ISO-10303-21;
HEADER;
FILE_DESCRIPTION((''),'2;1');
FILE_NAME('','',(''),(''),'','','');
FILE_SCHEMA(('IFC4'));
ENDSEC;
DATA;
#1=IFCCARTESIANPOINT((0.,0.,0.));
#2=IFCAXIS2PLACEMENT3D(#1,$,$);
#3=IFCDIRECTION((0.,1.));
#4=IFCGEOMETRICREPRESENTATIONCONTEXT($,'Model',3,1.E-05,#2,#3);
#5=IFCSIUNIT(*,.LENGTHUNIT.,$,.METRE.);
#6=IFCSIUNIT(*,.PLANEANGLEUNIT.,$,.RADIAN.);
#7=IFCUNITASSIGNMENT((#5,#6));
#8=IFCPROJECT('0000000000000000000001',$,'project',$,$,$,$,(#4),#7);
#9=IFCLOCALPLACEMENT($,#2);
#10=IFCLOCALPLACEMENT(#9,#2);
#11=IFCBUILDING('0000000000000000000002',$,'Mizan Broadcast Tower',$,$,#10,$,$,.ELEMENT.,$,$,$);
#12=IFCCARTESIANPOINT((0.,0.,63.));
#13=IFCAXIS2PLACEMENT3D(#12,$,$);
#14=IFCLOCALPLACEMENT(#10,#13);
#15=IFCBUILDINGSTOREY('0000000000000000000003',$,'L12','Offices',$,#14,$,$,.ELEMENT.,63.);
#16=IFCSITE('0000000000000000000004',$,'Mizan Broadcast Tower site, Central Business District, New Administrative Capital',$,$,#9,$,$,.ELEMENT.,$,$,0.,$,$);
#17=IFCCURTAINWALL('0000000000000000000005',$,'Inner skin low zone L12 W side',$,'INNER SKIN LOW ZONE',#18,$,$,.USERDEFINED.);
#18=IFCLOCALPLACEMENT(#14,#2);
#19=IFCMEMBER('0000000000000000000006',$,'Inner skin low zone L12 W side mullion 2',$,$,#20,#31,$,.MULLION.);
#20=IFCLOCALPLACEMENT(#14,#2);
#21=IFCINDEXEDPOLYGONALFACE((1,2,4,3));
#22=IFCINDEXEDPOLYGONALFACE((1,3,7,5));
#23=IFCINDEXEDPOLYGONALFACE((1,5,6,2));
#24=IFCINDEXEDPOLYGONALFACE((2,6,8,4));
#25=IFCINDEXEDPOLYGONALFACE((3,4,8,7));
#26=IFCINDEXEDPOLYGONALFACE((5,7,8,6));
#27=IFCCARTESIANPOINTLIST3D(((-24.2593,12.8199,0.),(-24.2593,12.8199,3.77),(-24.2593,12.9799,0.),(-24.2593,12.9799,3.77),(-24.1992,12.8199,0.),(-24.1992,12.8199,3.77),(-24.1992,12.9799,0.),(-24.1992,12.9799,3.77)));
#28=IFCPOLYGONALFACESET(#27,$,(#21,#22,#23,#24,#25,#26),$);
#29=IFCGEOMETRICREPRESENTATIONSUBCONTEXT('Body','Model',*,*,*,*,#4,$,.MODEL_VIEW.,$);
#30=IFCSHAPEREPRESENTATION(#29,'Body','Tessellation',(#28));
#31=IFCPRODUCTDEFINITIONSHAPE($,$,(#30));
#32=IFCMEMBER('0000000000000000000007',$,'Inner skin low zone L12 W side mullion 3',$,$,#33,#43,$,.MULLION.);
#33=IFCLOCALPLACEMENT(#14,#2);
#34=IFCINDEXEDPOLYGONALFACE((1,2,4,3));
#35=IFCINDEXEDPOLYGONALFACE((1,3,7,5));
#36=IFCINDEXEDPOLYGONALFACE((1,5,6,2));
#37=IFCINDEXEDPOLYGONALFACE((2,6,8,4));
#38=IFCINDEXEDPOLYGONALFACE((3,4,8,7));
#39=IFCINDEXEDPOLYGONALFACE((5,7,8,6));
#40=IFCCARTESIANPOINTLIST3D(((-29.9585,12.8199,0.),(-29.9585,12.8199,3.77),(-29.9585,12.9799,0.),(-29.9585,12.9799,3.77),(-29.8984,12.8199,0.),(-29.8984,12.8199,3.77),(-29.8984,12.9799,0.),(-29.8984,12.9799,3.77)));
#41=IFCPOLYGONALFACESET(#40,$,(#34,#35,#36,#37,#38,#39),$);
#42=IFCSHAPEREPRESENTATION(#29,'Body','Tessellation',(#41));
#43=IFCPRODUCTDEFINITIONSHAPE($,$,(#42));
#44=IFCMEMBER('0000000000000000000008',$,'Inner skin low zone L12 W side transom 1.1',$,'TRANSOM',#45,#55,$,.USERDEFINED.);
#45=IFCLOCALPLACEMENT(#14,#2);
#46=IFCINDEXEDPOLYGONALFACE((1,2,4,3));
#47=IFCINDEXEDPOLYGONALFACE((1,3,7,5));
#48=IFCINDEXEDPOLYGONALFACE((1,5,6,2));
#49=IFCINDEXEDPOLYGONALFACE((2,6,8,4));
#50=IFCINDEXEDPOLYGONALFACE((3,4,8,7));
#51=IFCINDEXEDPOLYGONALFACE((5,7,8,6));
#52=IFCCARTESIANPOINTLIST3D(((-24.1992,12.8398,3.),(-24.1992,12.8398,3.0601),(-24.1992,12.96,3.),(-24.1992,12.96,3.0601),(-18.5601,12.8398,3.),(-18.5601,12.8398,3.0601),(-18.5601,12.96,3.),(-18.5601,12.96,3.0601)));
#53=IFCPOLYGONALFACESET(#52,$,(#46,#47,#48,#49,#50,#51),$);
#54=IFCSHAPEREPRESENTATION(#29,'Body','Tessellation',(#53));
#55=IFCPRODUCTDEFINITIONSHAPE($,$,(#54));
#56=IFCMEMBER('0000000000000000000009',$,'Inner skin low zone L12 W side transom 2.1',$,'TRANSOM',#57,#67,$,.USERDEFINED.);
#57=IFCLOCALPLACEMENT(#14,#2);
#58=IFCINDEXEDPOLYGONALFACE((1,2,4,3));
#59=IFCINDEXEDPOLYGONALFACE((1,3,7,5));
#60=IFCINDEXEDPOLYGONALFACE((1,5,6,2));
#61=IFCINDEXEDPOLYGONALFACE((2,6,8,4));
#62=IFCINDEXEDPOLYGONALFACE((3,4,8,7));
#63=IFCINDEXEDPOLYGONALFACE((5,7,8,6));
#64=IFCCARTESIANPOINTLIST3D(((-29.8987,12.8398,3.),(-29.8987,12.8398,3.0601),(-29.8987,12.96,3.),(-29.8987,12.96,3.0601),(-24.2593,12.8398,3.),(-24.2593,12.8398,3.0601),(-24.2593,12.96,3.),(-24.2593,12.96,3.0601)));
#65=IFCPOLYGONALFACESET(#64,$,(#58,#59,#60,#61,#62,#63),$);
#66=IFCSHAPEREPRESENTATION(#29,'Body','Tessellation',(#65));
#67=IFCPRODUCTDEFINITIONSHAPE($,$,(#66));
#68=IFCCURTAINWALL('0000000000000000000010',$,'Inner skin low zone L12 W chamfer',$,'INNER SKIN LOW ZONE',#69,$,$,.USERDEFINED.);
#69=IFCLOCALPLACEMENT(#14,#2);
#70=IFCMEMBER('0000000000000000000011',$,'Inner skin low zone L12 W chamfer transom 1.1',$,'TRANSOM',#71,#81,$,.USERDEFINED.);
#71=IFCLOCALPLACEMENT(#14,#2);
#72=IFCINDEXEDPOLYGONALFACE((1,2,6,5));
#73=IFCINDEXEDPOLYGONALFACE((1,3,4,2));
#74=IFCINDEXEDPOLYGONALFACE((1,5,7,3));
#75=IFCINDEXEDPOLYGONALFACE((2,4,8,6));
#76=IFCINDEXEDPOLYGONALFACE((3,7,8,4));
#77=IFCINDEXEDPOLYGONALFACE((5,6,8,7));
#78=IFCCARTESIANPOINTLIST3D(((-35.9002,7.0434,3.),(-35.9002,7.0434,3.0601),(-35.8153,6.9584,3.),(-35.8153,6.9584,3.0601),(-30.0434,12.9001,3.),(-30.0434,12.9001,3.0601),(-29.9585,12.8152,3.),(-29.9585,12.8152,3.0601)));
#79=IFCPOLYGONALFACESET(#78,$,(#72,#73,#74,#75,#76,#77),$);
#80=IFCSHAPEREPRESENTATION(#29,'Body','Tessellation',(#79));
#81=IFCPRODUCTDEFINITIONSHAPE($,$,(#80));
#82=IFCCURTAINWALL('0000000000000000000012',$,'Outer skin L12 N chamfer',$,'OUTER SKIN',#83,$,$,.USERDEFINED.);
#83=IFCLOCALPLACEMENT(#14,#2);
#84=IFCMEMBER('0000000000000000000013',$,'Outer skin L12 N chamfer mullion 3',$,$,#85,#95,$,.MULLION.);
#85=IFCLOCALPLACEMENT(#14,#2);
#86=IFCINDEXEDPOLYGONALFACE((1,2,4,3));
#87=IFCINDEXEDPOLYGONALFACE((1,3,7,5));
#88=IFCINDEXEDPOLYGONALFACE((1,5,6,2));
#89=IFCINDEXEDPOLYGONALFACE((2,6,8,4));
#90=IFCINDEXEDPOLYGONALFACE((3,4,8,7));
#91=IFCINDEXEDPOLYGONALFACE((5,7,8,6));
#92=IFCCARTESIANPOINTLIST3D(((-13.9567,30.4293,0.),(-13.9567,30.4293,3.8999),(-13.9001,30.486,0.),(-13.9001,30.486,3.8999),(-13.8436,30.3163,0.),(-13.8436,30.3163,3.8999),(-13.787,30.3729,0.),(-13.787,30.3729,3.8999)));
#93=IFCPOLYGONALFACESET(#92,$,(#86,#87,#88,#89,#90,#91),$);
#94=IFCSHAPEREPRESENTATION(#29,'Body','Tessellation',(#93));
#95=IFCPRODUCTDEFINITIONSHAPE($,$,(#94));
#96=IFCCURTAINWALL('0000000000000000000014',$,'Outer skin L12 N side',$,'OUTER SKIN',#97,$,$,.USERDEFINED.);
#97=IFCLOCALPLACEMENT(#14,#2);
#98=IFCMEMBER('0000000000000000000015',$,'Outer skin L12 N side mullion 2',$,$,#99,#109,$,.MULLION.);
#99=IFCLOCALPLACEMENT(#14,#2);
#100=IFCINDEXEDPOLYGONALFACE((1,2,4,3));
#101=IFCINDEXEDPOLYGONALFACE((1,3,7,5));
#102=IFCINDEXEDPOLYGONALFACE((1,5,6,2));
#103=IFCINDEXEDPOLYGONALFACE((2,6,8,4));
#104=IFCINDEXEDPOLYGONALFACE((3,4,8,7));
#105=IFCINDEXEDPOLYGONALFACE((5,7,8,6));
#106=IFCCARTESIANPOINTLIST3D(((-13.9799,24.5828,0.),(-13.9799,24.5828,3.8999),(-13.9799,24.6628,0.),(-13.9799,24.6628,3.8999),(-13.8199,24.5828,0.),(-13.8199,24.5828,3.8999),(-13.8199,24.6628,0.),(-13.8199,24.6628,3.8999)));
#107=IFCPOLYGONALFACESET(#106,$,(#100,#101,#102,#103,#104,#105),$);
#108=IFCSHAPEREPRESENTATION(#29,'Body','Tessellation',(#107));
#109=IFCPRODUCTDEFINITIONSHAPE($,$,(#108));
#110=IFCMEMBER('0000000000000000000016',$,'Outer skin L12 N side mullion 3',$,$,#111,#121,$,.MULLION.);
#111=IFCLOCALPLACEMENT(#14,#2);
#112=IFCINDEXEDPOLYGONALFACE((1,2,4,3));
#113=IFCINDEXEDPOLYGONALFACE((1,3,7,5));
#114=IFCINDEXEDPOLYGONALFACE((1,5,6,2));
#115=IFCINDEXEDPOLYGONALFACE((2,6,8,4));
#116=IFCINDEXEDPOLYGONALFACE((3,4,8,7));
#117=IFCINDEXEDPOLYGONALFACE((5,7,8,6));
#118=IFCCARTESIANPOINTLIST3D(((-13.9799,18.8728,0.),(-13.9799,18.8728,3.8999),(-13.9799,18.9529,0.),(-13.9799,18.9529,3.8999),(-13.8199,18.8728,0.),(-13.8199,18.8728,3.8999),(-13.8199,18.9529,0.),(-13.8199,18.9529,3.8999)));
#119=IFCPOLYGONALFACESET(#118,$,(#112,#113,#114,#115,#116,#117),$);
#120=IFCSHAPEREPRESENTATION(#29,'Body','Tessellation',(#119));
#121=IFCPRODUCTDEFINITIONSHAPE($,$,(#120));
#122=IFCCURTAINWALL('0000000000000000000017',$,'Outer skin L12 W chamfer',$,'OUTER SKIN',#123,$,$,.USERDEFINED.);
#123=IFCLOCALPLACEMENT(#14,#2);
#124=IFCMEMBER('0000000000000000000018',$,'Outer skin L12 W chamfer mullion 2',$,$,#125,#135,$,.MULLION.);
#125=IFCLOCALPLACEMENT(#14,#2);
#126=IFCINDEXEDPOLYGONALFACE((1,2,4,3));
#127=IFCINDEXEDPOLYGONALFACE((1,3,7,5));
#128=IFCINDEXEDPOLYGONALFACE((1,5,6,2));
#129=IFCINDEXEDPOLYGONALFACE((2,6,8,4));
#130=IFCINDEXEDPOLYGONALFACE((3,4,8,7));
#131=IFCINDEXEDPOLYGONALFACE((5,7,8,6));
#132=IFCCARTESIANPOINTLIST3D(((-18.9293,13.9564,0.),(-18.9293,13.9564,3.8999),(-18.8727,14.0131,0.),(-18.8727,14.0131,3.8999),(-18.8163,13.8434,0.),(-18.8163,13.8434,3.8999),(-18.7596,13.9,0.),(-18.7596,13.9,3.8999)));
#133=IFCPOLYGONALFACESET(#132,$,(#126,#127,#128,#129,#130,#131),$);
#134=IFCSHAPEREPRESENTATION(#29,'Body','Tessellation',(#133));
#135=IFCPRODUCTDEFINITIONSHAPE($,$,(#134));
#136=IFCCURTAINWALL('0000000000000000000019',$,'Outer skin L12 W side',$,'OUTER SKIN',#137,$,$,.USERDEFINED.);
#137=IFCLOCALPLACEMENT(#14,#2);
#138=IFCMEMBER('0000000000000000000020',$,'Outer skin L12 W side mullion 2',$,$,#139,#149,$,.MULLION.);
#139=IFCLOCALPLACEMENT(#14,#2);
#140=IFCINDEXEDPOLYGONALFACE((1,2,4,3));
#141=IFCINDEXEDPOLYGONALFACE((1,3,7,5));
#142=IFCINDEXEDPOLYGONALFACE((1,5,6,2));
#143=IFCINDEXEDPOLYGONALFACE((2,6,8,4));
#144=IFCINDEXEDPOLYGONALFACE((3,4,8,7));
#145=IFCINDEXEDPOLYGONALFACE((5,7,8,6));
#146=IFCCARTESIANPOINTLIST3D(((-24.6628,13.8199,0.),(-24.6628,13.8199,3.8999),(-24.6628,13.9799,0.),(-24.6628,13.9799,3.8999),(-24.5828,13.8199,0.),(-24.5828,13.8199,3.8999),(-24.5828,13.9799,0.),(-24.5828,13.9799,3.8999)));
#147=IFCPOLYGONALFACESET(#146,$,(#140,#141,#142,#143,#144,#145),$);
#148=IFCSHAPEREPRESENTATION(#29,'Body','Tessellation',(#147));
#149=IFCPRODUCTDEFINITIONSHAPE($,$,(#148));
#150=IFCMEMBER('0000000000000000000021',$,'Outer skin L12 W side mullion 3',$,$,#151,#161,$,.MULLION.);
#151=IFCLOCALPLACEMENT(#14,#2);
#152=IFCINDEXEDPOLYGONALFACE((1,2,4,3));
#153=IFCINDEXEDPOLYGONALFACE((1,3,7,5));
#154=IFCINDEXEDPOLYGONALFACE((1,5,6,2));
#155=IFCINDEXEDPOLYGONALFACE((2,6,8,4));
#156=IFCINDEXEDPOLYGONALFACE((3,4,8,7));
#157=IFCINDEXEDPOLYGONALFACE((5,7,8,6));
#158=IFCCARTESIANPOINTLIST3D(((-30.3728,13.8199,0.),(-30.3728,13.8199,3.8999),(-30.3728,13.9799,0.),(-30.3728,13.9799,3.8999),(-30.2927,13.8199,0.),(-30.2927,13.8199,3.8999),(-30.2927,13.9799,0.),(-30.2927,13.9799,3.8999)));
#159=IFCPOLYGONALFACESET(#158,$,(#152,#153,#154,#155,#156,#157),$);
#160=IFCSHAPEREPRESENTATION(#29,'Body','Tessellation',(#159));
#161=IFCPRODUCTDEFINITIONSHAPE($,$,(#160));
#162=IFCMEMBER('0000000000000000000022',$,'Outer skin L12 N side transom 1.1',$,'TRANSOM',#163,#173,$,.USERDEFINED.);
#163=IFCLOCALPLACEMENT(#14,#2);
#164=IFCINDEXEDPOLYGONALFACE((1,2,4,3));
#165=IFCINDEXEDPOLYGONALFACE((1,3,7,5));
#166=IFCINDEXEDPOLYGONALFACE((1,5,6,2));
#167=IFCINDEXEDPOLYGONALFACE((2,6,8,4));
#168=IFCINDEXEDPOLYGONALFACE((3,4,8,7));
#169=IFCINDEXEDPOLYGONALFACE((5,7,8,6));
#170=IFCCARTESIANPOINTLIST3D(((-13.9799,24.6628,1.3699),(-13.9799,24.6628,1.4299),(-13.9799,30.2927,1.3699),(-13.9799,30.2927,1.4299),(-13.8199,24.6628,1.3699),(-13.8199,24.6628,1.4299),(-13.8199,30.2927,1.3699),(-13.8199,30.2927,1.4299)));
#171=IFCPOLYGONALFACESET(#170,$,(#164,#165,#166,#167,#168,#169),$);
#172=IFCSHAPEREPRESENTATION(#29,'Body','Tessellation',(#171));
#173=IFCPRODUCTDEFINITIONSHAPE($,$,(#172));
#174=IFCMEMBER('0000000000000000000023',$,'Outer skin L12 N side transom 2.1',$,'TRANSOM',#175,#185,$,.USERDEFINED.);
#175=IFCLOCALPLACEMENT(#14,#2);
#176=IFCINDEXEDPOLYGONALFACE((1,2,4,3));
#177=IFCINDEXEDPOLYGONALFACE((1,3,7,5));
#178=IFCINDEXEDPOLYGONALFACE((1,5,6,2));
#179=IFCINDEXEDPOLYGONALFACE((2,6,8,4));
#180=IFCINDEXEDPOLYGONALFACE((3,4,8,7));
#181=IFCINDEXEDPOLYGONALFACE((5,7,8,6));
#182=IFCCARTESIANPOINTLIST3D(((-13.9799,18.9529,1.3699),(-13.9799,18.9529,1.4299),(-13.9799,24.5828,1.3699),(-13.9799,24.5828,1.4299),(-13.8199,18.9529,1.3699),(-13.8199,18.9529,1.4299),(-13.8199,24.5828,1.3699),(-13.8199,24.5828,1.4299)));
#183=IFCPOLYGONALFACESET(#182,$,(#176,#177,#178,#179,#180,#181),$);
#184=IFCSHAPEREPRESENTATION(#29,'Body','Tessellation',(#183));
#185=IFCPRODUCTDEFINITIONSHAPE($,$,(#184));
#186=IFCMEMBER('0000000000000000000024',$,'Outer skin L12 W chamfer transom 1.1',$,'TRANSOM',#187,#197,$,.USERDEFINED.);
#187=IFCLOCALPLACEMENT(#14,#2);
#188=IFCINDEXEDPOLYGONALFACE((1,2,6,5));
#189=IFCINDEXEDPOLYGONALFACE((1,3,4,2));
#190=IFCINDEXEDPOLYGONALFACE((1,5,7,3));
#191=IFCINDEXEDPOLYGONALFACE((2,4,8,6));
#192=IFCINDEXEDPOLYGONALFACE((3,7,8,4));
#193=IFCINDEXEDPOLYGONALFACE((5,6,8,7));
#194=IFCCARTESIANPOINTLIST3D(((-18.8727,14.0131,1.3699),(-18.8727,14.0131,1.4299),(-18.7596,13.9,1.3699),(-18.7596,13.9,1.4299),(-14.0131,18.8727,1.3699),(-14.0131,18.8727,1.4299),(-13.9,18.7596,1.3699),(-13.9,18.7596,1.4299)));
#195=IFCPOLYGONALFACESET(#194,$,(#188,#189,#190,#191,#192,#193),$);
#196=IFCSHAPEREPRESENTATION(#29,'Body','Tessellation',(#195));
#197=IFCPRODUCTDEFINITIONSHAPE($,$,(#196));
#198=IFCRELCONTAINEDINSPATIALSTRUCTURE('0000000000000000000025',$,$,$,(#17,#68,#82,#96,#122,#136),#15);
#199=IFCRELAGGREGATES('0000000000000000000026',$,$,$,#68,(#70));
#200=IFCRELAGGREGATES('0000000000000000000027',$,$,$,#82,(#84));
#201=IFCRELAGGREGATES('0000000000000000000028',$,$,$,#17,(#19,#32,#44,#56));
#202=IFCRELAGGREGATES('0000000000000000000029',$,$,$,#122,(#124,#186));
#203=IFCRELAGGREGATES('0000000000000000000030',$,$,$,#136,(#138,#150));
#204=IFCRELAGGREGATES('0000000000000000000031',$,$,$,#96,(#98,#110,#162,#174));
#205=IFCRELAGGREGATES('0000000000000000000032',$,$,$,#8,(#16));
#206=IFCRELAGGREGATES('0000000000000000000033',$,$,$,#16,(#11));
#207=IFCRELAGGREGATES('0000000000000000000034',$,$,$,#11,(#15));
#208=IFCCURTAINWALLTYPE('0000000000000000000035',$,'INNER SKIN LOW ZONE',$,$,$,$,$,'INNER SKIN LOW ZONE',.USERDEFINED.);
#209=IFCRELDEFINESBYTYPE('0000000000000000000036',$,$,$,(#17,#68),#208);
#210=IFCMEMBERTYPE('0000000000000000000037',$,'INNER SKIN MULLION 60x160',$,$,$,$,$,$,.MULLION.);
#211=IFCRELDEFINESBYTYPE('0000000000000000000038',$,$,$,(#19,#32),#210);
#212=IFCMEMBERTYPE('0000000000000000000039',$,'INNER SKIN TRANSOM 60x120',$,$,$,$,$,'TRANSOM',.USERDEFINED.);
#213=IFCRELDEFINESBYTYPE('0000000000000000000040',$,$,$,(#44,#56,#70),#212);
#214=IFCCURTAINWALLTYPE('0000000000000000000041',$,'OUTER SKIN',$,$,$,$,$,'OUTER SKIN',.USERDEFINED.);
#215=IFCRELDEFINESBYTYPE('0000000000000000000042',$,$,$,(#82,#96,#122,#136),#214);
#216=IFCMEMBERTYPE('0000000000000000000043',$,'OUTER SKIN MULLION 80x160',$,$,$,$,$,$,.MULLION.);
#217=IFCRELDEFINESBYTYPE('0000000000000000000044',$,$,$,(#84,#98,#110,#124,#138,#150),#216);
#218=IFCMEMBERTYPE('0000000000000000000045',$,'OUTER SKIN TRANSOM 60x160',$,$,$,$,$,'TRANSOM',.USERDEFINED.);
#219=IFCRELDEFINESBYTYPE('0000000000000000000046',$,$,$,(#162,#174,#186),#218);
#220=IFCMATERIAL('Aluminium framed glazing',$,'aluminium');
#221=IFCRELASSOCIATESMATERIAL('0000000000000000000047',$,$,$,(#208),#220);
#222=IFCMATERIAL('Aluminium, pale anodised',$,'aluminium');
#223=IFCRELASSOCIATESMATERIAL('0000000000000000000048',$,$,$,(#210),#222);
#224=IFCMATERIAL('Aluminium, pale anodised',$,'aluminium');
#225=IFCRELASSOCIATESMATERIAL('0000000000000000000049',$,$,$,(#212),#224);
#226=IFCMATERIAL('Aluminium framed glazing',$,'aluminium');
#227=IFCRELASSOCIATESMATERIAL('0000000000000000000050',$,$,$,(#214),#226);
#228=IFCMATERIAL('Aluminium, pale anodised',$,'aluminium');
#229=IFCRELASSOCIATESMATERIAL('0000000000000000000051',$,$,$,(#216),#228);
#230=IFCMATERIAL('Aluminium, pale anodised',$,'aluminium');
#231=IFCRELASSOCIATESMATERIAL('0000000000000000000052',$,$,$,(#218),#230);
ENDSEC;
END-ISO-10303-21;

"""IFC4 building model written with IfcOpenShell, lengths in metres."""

from ifc_helpers import new_model, si_unit, direction, frame, origin, origin_2d, place, context, subcontext, project, spatial, rectangle, extrude, material, material_profile, profile_set, type_object, element, aggregate, save


model = new_model("IFC4")

# Units and contexts
model_context = context("Model", 3, precision=1e-05, world=origin(), true_north=direction((0.0, 1.0)))
body_context = subcontext(model_context, "Body", "Model", "MODEL_VIEW")
ifc_project = project(units=[si_unit("LENGTHUNIT", "METRE"), si_unit("PLANEANGLEUNIT", "RADIAN")], contexts=[model_context])

# Site, building, storey
site_placement = place(None, origin())
site = spatial("IfcSite", under=ifc_project, at=site_placement, Name="Mizan Broadcast Tower site, Central Business District, New Administrative Capital", CompositionType="ELEMENT", RefElevation=0.0)
building_placement = place(site_placement, origin())
building = spatial("IfcBuilding", under=site, at=building_placement, Name="Mizan Broadcast Tower", CompositionType="ELEMENT")
storey_placement = place(building_placement, frame((0.0, 0.0, 63.0)))
storey = spatial("IfcBuildingStorey", under=building, at=storey_placement, Name="L12", Description="Offices", CompositionType="ELEMENT", Elevation=63.0)

# Curtain wall, members
ifc_material_1 = material(Name="Aluminium framed glazing", Category="aluminium")
curtain_wall_type_1 = type_object("IfcCurtainWallType", Name="INNER SKIN LOW ZONE", ElementType="INNER SKIN LOW ZONE", PredefinedType="USERDEFINED", material=ifc_material_1)
curtain_wall_1_placement = place(storey_placement, origin())
curtain_wall_1 = element("IfcCurtainWall", 1, at=curtain_wall_1_placement, inside=storey, type_object=curtain_wall_type_1, Name="Inner skin low zone L12 W side", ObjectType="INNER SKIN LOW ZONE", PredefinedType="USERDEFINED")
ifc_material_2 = material(Name="Aluminium, pale anodised", Category="aluminium")
ifc_material_profile_1 = material_profile(ifc_material_2, rectangle(XDim=0.1599, YDim=0.0601, at=origin_2d()), Name="MULLION 160x60")
ifc_profile_set_1 = profile_set([ifc_material_profile_1], Name="Aluminium, pale anodised")
member_type_1 = type_object("IfcMemberType", Name="INNER SKIN MULLION 60x160", PredefinedType="MULLION", material=ifc_profile_set_1)
member_1_placement = place(storey_placement, frame((-24.2292, 12.8999, 0.0), z_axis=(0.0, 0.0, 1.0), x_axis=(0.0, -1.0, 0.0)))
member_1 = element("IfcMember", 2, at=member_1_placement, type_object=member_type_1, Name="Inner skin low zone L12 W side mullion 2", PredefinedType="MULLION", context=body_context, shape_type="SweptSolid", body=[
    extrude(rectangle(XDim=0.1599, YDim=0.0601, at=origin_2d()), origin(), (0.0, 0.0, 1.0), 3.77),
])
member_2_placement = place(storey_placement, frame((-29.9285, 12.8999, 0.0), z_axis=(0.0, 0.0, 1.0), x_axis=(0.0, -1.0, 0.0)))
member_2 = element("IfcMember", 3, at=member_2_placement, type_object=member_type_1, Name="Inner skin low zone L12 W side mullion 3", PredefinedType="MULLION", context=body_context, shape_type="SweptSolid", body=[
    extrude(rectangle(XDim=0.1599, YDim=0.0601, at=origin_2d()), origin(), (0.0, 0.0, 1.0), 3.77),
])
ifc_material_3 = material(Name="Aluminium, pale anodised", Category="aluminium")
ifc_material_profile_2 = material_profile(ifc_material_3, rectangle(XDim=0.1201, YDim=0.0601, at=origin_2d()), Name="TRANSOM 120x60")
ifc_profile_set_2 = profile_set([ifc_material_profile_2], Name="Aluminium, pale anodised")
member_type_2 = type_object("IfcMemberType", Name="INNER SKIN TRANSOM 60x120", ElementType="TRANSOM", PredefinedType="USERDEFINED", material=ifc_profile_set_2)
member_3_placement = place(storey_placement, frame((-18.5601, 12.8999, 3.03), z_axis=(-1.0, 0.0, 0.0), x_axis=(0.0, -1.0, 0.0)))
member_3 = element("IfcMember", 4, at=member_3_placement, type_object=member_type_2, Name="Inner skin low zone L12 W side transom 1.1", ObjectType="TRANSOM", PredefinedType="USERDEFINED", context=body_context, shape_type="SweptSolid", body=[
    extrude(rectangle(XDim=0.1201, YDim=0.0601, at=origin_2d()), origin(), (0.0, 0.0, 1.0), 5.6392),
])
member_4_placement = place(storey_placement, frame((-24.2593, 12.8999, 3.03), z_axis=(-1.0, 0.0, 0.0), x_axis=(0.0, -1.0, 0.0)))
member_4 = element("IfcMember", 5, at=member_4_placement, type_object=member_type_2, Name="Inner skin low zone L12 W side transom 2.1", ObjectType="TRANSOM", PredefinedType="USERDEFINED", context=body_context, shape_type="SweptSolid", body=[
    extrude(rectangle(XDim=0.1201, YDim=0.0601, at=origin_2d()), origin(), (0.0, 0.0, 1.0), 5.6394),
])

# Curtain walls, members
curtain_wall_2_placement = place(storey_placement, origin())
curtain_wall_2 = element("IfcCurtainWall", 6, at=curtain_wall_2_placement, inside=storey, type_object=curtain_wall_type_1, Name="Inner skin low zone L12 W chamfer", ObjectType="INNER SKIN LOW ZONE", PredefinedType="USERDEFINED")
member_5_placement = place(storey_placement, frame((-30.001, 12.8577, 3.03), z_axis=(-0.707107, -0.707107, 0.0), x_axis=(0.707107, -0.707107, 0.0)))
member_5 = element("IfcMember", 7, at=member_5_placement, type_object=member_type_2, Name="Inner skin low zone L12 W chamfer transom 1.1", ObjectType="TRANSOM", PredefinedType="USERDEFINED", context=body_context, shape_type="SweptSolid", body=[
    extrude(rectangle(XDim=0.1201, YDim=0.0601, at=origin_2d()), origin(), (0.0, 0.0, 1.0), 8.2827),
])
aggregate(curtain_wall_2, [member_5])
ifc_material_4 = material(Name="Aluminium framed glazing", Category="aluminium")
curtain_wall_type_2 = type_object("IfcCurtainWallType", Name="OUTER SKIN", ElementType="OUTER SKIN", PredefinedType="USERDEFINED", material=ifc_material_4)
curtain_wall_3_placement = place(storey_placement, origin())
curtain_wall_3 = element("IfcCurtainWall", 8, at=curtain_wall_3_placement, inside=storey, type_object=curtain_wall_type_2, Name="Outer skin L12 N chamfer", ObjectType="OUTER SKIN", PredefinedType="USERDEFINED")
ifc_material_5 = material(Name="Aluminium, pale anodised", Category="aluminium")
ifc_material_profile_3 = material_profile(ifc_material_5, rectangle(XDim=0.1599, YDim=0.0801, at=origin_2d()), Name="MULLION 160x80")
ifc_profile_set_3 = profile_set([ifc_material_profile_3], Name="Aluminium, pale anodised")
member_type_3 = type_object("IfcMemberType", Name="OUTER SKIN MULLION 80x160", PredefinedType="MULLION", material=ifc_profile_set_3)
member_6_placement = place(storey_placement, frame((-13.8718, 30.4011, 0.0), z_axis=(0.0, 0.0, 1.0), x_axis=(0.707107, -0.707107, 0.0)))
member_6 = element("IfcMember", 9, at=member_6_placement, type_object=member_type_3, Name="Outer skin L12 N chamfer mullion 3", PredefinedType="MULLION", context=body_context, shape_type="SweptSolid", body=[
    extrude(rectangle(XDim=0.1599, YDim=0.0801, at=origin_2d()), origin(), (0.0, 0.0, 1.0), 3.8999),
])
aggregate(curtain_wall_3, [member_6])

# Curtain wall, members
curtain_wall_4_placement = place(storey_placement, origin())
curtain_wall_4 = element("IfcCurtainWall", 10, at=curtain_wall_4_placement, inside=storey, type_object=curtain_wall_type_2, Name="Outer skin L12 N side", ObjectType="OUTER SKIN", PredefinedType="USERDEFINED")
member_7_placement = place(storey_placement, frame((-13.8999, 24.6228, 0.0), z_axis=(0.0, 0.0, 1.0), x_axis=(1.0, 0.0, 0.0)))
member_7 = element("IfcMember", 11, at=member_7_placement, type_object=member_type_3, Name="Outer skin L12 N side mullion 2", PredefinedType="MULLION", context=body_context, shape_type="SweptSolid", body=[
    extrude(rectangle(XDim=0.1599, YDim=0.0801, at=origin_2d()), origin(), (0.0, 0.0, 1.0), 3.8999),
])
member_8_placement = place(storey_placement, frame((-13.8999, 18.9128, 0.0), z_axis=(0.0, 0.0, 1.0), x_axis=(1.0, 0.0, 0.0)))
member_8 = element("IfcMember", 12, at=member_8_placement, type_object=member_type_3, Name="Outer skin L12 N side mullion 3", PredefinedType="MULLION", context=body_context, shape_type="SweptSolid", body=[
    extrude(rectangle(XDim=0.1599, YDim=0.0801, at=origin_2d()), origin(), (0.0, 0.0, 1.0), 3.8999),
])

# Curtain wall, member
curtain_wall_5_placement = place(storey_placement, origin())
curtain_wall_5 = element("IfcCurtainWall", 13, at=curtain_wall_5_placement, inside=storey, type_object=curtain_wall_type_2, Name="Outer skin L12 W chamfer", ObjectType="OUTER SKIN", PredefinedType="USERDEFINED")
member_9_placement = place(storey_placement, frame((-18.8445, 13.9282, 0.0), z_axis=(0.0, 0.0, 1.0), x_axis=(0.707107, -0.707107, 0.0)))
member_9 = element("IfcMember", 14, at=member_9_placement, type_object=member_type_3, Name="Outer skin L12 W chamfer mullion 2", PredefinedType="MULLION", context=body_context, shape_type="SweptSolid", body=[
    extrude(rectangle(XDim=0.1599, YDim=0.0801, at=origin_2d()), origin(), (0.0, 0.0, 1.0), 3.8999),
])

# Curtain wall, members
curtain_wall_6_placement = place(storey_placement, origin())
curtain_wall_6 = element("IfcCurtainWall", 15, at=curtain_wall_6_placement, inside=storey, type_object=curtain_wall_type_2, Name="Outer skin L12 W side", ObjectType="OUTER SKIN", PredefinedType="USERDEFINED")
member_10_placement = place(storey_placement, frame((-24.6228, 13.8999, 0.0), z_axis=(0.0, 0.0, 1.0), x_axis=(0.0, -1.0, 0.0)))
member_10 = element("IfcMember", 16, at=member_10_placement, type_object=member_type_3, Name="Outer skin L12 W side mullion 2", PredefinedType="MULLION", context=body_context, shape_type="SweptSolid", body=[
    extrude(rectangle(XDim=0.1599, YDim=0.0801, at=origin_2d()), origin(), (0.0, 0.0, 1.0), 3.8999),
])
member_11_placement = place(storey_placement, frame((-30.3328, 13.8999, 0.0), z_axis=(0.0, 0.0, 1.0), x_axis=(0.0, -1.0, 0.0)))
member_11 = element("IfcMember", 17, at=member_11_placement, type_object=member_type_3, Name="Outer skin L12 W side mullion 3", PredefinedType="MULLION", context=body_context, shape_type="SweptSolid", body=[
    extrude(rectangle(XDim=0.1599, YDim=0.0801, at=origin_2d()), origin(), (0.0, 0.0, 1.0), 3.8999),
])

# Members
ifc_material_6 = material(Name="Aluminium, pale anodised", Category="aluminium")
ifc_material_profile_4 = material_profile(ifc_material_6, rectangle(XDim=0.1599, YDim=0.0601, at=origin_2d()), Name="TRANSOM 160x60")
ifc_profile_set_4 = profile_set([ifc_material_profile_4], Name="Aluminium, pale anodised")
member_type_4 = type_object("IfcMemberType", Name="OUTER SKIN TRANSOM 60x160", ElementType="TRANSOM", PredefinedType="USERDEFINED", material=ifc_profile_set_4)
member_12_placement = place(storey_placement, frame((-13.8999, 30.2927, 1.3999), z_axis=(0.0, -1.0, 0.0), x_axis=(1.0, 0.0, 0.0)))
member_12 = element("IfcMember", 18, at=member_12_placement, type_object=member_type_4, Name="Outer skin L12 N side transom 1.1", ObjectType="TRANSOM", PredefinedType="USERDEFINED", context=body_context, shape_type="SweptSolid", body=[
    extrude(rectangle(XDim=0.1599, YDim=0.0601, at=origin_2d()), origin(), (0.0, 0.0, 1.0), 5.6299),
])
member_13_placement = place(storey_placement, frame((-13.8999, 24.5828, 1.3999), z_axis=(0.0, -1.0, 0.0), x_axis=(1.0, 0.0, 0.0)))
member_13 = element("IfcMember", 19, at=member_13_placement, type_object=member_type_4, Name="Outer skin L12 N side transom 2.1", ObjectType="TRANSOM", PredefinedType="USERDEFINED", context=body_context, shape_type="SweptSolid", body=[
    extrude(rectangle(XDim=0.1599, YDim=0.0601, at=origin_2d()), origin(), (0.0, 0.0, 1.0), 5.6299),
])
member_14_placement = place(storey_placement, frame((-13.9565, 18.8162, 1.3999), z_axis=(-0.707107, -0.707107, 0.0), x_axis=(0.707107, -0.707107, 0.0)))
member_14 = element("IfcMember", 20, at=member_14_placement, type_object=member_type_4, Name="Outer skin L12 W chamfer transom 1.1", ObjectType="TRANSOM", PredefinedType="USERDEFINED", context=body_context, shape_type="SweptSolid", body=[
    extrude(rectangle(XDim=0.1599, YDim=0.0601, at=origin_2d()), origin(), (0.0, 0.0, 1.0), 6.8726),
])

aggregate(curtain_wall_1, [member_1, member_2, member_3, member_4])
aggregate(curtain_wall_5, [member_9, member_14])
aggregate(curtain_wall_6, [member_10, member_11])
aggregate(curtain_wall_4, [member_7, member_8, member_12, member_13])

save(model, "model.ifc")
